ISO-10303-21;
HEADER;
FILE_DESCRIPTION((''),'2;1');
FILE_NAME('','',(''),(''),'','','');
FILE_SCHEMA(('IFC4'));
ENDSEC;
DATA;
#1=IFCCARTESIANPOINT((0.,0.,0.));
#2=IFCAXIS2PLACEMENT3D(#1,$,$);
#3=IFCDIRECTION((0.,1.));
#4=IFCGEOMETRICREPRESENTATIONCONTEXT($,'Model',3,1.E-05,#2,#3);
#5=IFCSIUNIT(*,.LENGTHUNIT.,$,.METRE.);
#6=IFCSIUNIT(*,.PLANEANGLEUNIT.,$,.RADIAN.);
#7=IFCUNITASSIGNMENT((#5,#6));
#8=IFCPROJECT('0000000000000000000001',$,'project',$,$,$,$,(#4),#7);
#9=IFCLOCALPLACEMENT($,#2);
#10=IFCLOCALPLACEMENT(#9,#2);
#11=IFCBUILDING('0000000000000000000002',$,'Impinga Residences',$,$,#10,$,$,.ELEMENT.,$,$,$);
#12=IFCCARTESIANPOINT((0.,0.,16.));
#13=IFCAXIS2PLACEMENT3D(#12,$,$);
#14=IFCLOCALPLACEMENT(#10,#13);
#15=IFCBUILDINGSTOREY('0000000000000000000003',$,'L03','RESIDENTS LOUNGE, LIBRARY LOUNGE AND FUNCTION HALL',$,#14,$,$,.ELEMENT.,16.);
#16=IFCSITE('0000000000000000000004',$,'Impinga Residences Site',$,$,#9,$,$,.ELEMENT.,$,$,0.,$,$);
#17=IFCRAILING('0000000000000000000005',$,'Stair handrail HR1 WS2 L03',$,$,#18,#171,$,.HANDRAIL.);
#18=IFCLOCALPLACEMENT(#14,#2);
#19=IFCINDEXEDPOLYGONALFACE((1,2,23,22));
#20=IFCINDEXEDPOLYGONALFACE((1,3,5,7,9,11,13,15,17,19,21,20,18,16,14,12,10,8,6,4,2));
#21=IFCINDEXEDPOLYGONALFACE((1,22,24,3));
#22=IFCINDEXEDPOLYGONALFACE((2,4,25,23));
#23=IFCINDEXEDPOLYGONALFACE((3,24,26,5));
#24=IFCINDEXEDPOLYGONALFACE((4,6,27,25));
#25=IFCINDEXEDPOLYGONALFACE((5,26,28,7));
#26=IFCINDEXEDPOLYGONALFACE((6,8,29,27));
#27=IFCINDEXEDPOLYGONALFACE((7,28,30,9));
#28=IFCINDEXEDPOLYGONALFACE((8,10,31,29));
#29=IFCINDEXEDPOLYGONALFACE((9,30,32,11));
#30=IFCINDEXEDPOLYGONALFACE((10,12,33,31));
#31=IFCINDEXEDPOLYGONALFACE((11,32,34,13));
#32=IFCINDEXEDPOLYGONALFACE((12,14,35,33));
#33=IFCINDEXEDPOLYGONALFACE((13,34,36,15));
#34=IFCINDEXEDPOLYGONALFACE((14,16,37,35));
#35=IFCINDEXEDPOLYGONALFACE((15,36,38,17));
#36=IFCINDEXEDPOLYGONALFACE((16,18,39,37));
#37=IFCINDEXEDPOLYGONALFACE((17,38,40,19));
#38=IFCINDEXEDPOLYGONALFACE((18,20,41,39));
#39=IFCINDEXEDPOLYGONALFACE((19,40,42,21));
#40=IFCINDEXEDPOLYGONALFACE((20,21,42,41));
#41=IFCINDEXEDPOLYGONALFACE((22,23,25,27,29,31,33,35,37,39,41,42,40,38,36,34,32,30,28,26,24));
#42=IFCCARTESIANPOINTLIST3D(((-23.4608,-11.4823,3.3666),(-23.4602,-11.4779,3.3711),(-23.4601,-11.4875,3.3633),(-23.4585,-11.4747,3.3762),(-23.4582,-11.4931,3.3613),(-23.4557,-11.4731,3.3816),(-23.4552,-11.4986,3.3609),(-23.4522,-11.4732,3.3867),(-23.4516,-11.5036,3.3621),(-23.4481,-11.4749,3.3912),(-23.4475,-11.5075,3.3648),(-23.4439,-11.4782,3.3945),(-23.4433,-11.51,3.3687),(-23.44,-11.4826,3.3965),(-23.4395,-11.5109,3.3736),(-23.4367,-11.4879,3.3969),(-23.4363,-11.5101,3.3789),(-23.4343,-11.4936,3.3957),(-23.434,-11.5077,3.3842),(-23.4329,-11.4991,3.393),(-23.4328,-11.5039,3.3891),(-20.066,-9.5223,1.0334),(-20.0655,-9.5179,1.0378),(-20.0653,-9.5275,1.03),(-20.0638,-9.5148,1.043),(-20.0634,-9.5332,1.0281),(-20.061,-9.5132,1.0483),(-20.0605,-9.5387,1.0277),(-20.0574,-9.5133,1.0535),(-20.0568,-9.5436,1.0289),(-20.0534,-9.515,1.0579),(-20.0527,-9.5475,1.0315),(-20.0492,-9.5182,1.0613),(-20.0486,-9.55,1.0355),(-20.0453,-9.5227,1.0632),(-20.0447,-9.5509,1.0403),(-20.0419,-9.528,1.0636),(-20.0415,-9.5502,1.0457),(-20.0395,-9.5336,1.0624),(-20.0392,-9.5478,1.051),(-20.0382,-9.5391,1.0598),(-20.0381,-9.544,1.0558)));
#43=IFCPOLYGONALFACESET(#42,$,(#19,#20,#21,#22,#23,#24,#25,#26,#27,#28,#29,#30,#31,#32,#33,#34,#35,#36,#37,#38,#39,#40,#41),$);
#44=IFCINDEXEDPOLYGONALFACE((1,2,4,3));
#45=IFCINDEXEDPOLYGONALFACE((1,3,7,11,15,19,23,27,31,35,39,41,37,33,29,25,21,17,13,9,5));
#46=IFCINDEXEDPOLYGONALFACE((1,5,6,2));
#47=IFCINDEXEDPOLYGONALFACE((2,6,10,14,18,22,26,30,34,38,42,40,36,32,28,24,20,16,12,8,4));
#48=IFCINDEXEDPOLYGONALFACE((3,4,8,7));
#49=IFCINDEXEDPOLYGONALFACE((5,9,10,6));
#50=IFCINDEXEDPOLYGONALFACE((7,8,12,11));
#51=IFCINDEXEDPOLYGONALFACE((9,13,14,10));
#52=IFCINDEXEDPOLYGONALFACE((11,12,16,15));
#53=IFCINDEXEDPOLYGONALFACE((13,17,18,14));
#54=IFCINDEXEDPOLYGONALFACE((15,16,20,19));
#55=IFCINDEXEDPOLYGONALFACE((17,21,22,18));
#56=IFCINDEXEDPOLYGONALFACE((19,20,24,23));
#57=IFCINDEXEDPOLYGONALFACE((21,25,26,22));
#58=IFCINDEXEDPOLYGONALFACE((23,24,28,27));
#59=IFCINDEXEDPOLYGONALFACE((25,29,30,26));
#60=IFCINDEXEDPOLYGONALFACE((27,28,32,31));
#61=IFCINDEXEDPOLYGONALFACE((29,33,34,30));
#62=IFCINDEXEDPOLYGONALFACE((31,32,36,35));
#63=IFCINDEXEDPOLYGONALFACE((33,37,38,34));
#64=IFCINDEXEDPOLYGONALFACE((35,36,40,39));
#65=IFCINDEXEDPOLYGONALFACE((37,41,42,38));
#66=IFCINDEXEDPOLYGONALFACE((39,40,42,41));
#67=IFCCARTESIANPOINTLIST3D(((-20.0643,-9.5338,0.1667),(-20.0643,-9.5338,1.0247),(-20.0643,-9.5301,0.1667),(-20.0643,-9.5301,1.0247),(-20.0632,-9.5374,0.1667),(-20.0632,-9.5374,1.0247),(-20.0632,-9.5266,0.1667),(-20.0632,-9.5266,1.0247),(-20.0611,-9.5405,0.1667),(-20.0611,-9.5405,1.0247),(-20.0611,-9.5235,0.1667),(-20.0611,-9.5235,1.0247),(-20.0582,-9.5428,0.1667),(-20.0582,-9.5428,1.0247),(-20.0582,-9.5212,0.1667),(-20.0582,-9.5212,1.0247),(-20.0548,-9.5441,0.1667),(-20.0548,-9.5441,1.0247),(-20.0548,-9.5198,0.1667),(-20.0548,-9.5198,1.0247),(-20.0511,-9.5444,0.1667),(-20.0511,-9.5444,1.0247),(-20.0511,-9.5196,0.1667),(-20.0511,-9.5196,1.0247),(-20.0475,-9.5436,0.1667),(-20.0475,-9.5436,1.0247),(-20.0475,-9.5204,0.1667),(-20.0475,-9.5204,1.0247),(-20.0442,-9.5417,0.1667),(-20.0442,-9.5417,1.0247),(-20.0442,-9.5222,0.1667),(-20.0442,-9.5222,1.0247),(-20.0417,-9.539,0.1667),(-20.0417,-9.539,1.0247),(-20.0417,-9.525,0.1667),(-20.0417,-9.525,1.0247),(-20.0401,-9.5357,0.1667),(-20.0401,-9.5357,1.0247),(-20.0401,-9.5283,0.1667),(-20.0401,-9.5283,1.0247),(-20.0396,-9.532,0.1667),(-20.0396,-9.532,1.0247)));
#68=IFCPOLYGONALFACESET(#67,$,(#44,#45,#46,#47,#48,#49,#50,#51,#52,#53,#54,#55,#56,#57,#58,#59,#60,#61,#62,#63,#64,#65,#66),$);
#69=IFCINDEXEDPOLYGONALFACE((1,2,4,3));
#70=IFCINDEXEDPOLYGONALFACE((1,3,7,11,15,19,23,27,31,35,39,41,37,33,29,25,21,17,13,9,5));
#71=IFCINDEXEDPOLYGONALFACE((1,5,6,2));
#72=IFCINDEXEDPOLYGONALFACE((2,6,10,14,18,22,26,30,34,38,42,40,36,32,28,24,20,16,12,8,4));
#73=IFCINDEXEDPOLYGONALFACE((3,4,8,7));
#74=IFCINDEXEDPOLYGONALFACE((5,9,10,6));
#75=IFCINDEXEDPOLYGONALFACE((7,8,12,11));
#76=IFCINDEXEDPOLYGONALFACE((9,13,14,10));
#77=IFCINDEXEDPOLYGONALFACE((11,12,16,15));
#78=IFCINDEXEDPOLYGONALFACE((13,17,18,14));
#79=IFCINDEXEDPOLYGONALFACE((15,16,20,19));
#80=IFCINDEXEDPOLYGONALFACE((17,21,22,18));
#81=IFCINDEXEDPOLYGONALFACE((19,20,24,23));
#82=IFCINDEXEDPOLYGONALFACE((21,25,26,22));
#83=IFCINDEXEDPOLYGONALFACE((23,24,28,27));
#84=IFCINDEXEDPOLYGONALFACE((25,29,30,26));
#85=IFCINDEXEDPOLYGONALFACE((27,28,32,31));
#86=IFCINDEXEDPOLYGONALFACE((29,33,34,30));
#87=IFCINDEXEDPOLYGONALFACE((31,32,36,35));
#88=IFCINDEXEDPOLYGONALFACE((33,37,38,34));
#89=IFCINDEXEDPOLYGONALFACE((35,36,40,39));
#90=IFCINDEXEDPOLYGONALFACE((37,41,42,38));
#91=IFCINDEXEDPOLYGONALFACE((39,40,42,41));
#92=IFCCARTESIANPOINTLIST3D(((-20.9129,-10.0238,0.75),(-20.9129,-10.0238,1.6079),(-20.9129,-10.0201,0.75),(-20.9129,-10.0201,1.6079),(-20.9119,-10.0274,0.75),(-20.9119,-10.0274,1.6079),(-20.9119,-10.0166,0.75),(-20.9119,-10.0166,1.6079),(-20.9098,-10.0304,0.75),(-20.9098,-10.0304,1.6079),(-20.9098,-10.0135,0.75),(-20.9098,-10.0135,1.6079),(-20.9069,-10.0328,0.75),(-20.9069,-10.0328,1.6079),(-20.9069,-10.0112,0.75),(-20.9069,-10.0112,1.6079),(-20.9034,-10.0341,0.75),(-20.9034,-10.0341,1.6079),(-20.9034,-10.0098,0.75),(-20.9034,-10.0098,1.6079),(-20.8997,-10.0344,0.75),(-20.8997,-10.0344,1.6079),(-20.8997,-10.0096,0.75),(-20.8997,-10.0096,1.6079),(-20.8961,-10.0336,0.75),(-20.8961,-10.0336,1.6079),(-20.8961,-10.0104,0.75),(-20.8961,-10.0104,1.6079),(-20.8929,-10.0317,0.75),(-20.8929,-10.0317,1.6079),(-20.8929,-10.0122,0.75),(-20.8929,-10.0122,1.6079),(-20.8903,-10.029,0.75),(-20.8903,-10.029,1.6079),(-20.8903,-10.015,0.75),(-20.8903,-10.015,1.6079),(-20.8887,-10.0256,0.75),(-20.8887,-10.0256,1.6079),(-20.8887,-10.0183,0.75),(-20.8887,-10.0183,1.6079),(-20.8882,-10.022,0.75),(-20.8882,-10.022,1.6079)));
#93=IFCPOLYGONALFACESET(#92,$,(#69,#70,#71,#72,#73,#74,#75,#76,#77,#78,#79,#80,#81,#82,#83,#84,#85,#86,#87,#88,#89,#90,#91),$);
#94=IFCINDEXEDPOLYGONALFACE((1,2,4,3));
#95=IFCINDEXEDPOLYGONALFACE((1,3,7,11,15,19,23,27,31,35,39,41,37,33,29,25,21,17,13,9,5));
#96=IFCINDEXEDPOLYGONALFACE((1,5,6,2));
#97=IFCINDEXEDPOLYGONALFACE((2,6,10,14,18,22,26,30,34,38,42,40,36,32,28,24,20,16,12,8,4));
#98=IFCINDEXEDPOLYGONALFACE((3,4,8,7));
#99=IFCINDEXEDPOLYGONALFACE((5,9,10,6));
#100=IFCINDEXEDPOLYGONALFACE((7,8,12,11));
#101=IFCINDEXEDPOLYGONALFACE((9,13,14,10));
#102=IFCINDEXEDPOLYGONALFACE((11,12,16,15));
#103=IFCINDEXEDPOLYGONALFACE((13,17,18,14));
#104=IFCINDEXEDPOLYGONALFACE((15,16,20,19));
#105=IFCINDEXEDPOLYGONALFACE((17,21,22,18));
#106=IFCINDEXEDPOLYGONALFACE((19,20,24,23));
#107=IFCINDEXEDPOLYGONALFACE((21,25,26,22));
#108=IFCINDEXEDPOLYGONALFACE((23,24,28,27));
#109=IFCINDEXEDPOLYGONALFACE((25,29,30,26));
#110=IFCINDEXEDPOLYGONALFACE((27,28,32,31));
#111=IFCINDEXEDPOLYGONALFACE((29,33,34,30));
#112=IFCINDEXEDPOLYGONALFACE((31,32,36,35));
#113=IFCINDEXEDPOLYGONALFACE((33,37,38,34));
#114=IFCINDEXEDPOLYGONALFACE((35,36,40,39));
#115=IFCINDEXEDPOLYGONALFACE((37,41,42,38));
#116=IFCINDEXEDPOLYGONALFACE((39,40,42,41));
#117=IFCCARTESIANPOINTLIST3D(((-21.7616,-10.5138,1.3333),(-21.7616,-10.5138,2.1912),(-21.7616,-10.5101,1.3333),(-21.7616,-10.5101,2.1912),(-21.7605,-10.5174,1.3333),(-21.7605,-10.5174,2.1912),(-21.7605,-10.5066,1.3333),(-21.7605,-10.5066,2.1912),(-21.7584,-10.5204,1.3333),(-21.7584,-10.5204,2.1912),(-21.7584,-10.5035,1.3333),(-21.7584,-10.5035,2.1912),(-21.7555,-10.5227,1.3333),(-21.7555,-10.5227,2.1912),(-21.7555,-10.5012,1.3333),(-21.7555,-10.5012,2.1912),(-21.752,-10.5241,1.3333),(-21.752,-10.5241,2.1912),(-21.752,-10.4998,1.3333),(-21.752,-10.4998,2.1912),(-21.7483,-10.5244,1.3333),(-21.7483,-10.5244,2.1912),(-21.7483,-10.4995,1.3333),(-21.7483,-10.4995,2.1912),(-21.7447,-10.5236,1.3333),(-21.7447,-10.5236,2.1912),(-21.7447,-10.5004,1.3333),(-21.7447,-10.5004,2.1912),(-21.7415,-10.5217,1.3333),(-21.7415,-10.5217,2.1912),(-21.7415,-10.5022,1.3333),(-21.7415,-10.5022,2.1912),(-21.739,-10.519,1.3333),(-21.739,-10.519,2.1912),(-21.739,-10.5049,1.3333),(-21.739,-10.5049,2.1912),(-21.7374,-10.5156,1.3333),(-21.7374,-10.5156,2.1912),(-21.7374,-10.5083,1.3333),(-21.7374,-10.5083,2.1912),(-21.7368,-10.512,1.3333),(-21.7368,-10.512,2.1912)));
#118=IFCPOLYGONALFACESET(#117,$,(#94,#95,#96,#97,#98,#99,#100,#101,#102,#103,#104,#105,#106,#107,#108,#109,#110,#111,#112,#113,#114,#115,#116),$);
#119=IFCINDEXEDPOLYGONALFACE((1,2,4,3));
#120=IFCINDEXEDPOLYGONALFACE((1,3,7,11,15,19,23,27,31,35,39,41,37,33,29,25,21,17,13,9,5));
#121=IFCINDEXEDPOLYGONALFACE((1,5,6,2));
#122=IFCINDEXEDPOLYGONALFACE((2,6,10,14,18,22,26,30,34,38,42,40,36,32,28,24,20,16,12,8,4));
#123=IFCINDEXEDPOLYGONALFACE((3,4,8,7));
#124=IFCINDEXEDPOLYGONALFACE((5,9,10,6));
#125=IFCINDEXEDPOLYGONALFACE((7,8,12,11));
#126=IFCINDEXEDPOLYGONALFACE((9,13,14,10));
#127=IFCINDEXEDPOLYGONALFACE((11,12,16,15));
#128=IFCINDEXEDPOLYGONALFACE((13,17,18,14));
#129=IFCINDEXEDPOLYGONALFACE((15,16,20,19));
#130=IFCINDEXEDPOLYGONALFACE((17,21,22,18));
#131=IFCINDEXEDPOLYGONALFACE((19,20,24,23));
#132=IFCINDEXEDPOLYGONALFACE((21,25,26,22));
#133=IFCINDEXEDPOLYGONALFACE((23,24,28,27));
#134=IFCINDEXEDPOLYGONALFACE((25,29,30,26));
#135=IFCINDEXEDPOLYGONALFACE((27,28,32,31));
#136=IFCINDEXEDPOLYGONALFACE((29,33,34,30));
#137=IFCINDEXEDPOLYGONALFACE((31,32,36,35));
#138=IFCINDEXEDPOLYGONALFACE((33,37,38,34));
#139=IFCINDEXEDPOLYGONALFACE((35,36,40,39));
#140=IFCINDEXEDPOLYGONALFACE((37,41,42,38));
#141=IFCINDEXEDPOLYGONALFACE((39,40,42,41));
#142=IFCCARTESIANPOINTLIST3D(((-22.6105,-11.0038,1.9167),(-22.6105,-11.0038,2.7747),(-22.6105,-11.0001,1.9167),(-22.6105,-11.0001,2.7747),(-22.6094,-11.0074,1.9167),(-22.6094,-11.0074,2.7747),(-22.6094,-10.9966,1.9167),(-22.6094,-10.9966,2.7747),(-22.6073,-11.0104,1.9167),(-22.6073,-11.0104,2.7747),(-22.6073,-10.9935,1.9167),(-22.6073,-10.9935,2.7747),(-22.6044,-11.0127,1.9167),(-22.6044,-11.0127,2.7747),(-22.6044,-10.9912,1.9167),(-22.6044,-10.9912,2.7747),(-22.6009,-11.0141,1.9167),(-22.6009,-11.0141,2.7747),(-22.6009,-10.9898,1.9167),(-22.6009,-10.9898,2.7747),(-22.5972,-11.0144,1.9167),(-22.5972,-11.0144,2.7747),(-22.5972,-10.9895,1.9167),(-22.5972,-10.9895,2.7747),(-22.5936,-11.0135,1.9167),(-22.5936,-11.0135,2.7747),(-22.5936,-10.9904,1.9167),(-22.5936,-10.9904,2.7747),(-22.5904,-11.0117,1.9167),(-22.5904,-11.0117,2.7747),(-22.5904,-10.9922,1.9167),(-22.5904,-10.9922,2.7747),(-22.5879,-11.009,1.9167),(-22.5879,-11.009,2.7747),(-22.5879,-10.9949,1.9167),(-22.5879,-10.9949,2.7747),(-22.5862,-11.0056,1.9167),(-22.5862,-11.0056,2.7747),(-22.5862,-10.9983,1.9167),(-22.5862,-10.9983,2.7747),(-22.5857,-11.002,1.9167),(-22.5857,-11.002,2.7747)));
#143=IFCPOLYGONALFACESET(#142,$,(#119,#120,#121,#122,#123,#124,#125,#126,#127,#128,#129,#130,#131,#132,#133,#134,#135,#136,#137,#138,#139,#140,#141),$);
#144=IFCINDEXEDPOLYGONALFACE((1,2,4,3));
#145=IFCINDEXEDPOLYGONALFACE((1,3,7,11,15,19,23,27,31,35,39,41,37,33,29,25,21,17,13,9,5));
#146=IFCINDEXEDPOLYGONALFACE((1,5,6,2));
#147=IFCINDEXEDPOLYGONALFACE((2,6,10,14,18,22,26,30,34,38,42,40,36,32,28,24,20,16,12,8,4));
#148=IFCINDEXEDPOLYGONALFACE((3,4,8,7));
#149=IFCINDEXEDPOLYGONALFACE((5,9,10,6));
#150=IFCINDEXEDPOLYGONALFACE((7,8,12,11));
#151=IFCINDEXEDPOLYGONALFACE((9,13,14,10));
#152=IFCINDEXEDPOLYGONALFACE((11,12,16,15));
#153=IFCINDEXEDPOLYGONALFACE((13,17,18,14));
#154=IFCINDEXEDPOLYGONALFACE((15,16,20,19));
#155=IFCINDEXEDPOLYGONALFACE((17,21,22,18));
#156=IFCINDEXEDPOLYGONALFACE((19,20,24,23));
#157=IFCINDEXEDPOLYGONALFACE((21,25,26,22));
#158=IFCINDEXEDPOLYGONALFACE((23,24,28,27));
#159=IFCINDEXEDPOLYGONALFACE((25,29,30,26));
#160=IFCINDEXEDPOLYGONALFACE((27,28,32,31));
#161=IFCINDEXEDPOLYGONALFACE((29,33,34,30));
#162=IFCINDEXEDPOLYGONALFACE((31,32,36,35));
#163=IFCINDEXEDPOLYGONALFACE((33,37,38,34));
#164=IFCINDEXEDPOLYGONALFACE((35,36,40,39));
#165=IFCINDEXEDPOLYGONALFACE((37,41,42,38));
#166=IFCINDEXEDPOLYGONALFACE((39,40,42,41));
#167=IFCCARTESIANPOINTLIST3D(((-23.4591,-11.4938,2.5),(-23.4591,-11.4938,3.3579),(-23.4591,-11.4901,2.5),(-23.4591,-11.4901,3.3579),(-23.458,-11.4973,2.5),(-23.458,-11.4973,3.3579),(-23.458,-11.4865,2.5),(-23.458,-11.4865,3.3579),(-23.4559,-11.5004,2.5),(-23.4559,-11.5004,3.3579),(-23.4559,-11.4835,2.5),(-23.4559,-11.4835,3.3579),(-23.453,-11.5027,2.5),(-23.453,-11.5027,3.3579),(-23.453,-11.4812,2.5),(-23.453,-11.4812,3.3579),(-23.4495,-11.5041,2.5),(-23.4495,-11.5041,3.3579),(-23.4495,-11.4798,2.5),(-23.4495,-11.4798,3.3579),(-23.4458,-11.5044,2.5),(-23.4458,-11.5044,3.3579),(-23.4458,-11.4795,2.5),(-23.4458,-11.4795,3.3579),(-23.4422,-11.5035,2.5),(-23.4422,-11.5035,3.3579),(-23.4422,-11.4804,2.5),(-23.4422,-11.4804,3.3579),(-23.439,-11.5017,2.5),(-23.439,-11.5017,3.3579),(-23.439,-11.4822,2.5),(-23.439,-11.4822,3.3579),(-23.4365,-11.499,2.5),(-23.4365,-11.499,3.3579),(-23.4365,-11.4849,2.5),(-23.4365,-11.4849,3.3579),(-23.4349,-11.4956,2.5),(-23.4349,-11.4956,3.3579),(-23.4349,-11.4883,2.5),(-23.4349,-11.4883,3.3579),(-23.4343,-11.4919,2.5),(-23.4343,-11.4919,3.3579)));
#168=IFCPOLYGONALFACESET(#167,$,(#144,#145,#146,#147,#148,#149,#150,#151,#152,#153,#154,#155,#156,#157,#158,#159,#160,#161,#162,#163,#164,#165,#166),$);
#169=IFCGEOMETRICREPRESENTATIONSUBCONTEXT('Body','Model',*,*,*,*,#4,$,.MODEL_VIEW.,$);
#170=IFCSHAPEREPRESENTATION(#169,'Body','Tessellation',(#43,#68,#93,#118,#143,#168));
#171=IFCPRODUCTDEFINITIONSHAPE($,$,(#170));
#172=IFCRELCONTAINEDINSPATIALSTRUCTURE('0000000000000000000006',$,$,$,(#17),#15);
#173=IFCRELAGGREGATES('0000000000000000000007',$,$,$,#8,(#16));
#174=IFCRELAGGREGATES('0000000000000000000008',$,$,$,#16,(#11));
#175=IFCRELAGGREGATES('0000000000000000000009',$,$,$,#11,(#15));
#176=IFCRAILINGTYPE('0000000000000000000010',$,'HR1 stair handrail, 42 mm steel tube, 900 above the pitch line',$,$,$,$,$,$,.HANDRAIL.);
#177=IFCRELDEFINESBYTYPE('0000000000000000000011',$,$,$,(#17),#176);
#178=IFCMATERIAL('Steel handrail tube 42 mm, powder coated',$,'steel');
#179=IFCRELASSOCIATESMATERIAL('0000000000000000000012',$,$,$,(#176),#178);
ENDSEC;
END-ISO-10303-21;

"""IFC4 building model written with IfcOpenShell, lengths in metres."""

from ifc_helpers import new_model, si_unit, direction, frame, origin, origin_2d, place, context, subcontext, project, spatial, circle, extrude, material, type_object, element, save


model = new_model("IFC4")

# Units and contexts
model_context = context("Model", 3, precision=1e-05, world=origin(), true_north=direction((0.0, 1.0)))
body_context = subcontext(model_context, "Body", "Model", "MODEL_VIEW")
ifc_project = project(units=[si_unit("LENGTHUNIT", "METRE"), si_unit("PLANEANGLEUNIT", "RADIAN")], contexts=[model_context])

# Site, building, storey
site_placement = place(None, origin())
site = spatial("IfcSite", under=ifc_project, at=site_placement, Name="Impinga Residences Site", CompositionType="ELEMENT", RefElevation=0.0)
building_placement = place(site_placement, origin())
building = spatial("IfcBuilding", under=site, at=building_placement, Name="Impinga Residences", CompositionType="ELEMENT")
storey_placement = place(building_placement, frame((0.0, 0.0, 16.0)))
storey = spatial("IfcBuildingStorey", under=building, at=storey_placement, Name="L03", Description="RESIDENTS LOUNGE, LIBRARY LOUNGE AND FUNCTION HALL", CompositionType="ELEMENT", Elevation=16.0)

# Railing
ifc_material_1 = material(Name="Steel handrail tube 42 mm, powder coated", Category="steel")
railing_type_1 = type_object("IfcRailingType", Name="HR1 stair handrail, 42 mm steel tube, 900 above the pitch line", PredefinedType="HANDRAIL", material=ifc_material_1)
railing_1_placement = place(storey_placement, frame((-20.052, -9.532, 0.1667)))
element("IfcRailing", 1, at=railing_1_placement, inside=storey, type_object=railing_type_1, Name="Stair handrail HR1 WS2 L03", PredefinedType="HANDRAIL", context=body_context, shape_type="SweptSolid", body=[
    extrude(circle(Radius=0.021, at=origin_2d()), frame((0.0, 0.0, 0.8789), z_axis=(-0.744175, -0.429646, 0.511476), x_axis=(0.499997, -0.866027, 0.0)), (0.0, 0.0, 1.0), 4.5618),
    extrude(circle(Radius=0.0125, at=origin_2d()), origin(), (0.0, 0.0, 1.0), 0.8579),
    extrude(circle(Radius=0.0125, at=origin_2d()), frame((-0.8486, -0.49, 0.5833)), (0.0, 0.0, 1.0), 0.8579),
    extrude(circle(Radius=0.0125, at=origin_2d()), frame((-1.6973, -0.98, 1.1665)), (0.0, 0.0, 1.0), 0.8579),
    extrude(circle(Radius=0.0125, at=origin_2d()), frame((-2.5461, -1.47, 1.75)), (0.0, 0.0, 1.0), 0.8579),
    extrude(circle(Radius=0.0125, at=origin_2d()), frame((-3.3948, -1.96, 2.3333)), (0.0, 0.0, 1.0), 0.8579),
])

save(model, "model.ifc")
